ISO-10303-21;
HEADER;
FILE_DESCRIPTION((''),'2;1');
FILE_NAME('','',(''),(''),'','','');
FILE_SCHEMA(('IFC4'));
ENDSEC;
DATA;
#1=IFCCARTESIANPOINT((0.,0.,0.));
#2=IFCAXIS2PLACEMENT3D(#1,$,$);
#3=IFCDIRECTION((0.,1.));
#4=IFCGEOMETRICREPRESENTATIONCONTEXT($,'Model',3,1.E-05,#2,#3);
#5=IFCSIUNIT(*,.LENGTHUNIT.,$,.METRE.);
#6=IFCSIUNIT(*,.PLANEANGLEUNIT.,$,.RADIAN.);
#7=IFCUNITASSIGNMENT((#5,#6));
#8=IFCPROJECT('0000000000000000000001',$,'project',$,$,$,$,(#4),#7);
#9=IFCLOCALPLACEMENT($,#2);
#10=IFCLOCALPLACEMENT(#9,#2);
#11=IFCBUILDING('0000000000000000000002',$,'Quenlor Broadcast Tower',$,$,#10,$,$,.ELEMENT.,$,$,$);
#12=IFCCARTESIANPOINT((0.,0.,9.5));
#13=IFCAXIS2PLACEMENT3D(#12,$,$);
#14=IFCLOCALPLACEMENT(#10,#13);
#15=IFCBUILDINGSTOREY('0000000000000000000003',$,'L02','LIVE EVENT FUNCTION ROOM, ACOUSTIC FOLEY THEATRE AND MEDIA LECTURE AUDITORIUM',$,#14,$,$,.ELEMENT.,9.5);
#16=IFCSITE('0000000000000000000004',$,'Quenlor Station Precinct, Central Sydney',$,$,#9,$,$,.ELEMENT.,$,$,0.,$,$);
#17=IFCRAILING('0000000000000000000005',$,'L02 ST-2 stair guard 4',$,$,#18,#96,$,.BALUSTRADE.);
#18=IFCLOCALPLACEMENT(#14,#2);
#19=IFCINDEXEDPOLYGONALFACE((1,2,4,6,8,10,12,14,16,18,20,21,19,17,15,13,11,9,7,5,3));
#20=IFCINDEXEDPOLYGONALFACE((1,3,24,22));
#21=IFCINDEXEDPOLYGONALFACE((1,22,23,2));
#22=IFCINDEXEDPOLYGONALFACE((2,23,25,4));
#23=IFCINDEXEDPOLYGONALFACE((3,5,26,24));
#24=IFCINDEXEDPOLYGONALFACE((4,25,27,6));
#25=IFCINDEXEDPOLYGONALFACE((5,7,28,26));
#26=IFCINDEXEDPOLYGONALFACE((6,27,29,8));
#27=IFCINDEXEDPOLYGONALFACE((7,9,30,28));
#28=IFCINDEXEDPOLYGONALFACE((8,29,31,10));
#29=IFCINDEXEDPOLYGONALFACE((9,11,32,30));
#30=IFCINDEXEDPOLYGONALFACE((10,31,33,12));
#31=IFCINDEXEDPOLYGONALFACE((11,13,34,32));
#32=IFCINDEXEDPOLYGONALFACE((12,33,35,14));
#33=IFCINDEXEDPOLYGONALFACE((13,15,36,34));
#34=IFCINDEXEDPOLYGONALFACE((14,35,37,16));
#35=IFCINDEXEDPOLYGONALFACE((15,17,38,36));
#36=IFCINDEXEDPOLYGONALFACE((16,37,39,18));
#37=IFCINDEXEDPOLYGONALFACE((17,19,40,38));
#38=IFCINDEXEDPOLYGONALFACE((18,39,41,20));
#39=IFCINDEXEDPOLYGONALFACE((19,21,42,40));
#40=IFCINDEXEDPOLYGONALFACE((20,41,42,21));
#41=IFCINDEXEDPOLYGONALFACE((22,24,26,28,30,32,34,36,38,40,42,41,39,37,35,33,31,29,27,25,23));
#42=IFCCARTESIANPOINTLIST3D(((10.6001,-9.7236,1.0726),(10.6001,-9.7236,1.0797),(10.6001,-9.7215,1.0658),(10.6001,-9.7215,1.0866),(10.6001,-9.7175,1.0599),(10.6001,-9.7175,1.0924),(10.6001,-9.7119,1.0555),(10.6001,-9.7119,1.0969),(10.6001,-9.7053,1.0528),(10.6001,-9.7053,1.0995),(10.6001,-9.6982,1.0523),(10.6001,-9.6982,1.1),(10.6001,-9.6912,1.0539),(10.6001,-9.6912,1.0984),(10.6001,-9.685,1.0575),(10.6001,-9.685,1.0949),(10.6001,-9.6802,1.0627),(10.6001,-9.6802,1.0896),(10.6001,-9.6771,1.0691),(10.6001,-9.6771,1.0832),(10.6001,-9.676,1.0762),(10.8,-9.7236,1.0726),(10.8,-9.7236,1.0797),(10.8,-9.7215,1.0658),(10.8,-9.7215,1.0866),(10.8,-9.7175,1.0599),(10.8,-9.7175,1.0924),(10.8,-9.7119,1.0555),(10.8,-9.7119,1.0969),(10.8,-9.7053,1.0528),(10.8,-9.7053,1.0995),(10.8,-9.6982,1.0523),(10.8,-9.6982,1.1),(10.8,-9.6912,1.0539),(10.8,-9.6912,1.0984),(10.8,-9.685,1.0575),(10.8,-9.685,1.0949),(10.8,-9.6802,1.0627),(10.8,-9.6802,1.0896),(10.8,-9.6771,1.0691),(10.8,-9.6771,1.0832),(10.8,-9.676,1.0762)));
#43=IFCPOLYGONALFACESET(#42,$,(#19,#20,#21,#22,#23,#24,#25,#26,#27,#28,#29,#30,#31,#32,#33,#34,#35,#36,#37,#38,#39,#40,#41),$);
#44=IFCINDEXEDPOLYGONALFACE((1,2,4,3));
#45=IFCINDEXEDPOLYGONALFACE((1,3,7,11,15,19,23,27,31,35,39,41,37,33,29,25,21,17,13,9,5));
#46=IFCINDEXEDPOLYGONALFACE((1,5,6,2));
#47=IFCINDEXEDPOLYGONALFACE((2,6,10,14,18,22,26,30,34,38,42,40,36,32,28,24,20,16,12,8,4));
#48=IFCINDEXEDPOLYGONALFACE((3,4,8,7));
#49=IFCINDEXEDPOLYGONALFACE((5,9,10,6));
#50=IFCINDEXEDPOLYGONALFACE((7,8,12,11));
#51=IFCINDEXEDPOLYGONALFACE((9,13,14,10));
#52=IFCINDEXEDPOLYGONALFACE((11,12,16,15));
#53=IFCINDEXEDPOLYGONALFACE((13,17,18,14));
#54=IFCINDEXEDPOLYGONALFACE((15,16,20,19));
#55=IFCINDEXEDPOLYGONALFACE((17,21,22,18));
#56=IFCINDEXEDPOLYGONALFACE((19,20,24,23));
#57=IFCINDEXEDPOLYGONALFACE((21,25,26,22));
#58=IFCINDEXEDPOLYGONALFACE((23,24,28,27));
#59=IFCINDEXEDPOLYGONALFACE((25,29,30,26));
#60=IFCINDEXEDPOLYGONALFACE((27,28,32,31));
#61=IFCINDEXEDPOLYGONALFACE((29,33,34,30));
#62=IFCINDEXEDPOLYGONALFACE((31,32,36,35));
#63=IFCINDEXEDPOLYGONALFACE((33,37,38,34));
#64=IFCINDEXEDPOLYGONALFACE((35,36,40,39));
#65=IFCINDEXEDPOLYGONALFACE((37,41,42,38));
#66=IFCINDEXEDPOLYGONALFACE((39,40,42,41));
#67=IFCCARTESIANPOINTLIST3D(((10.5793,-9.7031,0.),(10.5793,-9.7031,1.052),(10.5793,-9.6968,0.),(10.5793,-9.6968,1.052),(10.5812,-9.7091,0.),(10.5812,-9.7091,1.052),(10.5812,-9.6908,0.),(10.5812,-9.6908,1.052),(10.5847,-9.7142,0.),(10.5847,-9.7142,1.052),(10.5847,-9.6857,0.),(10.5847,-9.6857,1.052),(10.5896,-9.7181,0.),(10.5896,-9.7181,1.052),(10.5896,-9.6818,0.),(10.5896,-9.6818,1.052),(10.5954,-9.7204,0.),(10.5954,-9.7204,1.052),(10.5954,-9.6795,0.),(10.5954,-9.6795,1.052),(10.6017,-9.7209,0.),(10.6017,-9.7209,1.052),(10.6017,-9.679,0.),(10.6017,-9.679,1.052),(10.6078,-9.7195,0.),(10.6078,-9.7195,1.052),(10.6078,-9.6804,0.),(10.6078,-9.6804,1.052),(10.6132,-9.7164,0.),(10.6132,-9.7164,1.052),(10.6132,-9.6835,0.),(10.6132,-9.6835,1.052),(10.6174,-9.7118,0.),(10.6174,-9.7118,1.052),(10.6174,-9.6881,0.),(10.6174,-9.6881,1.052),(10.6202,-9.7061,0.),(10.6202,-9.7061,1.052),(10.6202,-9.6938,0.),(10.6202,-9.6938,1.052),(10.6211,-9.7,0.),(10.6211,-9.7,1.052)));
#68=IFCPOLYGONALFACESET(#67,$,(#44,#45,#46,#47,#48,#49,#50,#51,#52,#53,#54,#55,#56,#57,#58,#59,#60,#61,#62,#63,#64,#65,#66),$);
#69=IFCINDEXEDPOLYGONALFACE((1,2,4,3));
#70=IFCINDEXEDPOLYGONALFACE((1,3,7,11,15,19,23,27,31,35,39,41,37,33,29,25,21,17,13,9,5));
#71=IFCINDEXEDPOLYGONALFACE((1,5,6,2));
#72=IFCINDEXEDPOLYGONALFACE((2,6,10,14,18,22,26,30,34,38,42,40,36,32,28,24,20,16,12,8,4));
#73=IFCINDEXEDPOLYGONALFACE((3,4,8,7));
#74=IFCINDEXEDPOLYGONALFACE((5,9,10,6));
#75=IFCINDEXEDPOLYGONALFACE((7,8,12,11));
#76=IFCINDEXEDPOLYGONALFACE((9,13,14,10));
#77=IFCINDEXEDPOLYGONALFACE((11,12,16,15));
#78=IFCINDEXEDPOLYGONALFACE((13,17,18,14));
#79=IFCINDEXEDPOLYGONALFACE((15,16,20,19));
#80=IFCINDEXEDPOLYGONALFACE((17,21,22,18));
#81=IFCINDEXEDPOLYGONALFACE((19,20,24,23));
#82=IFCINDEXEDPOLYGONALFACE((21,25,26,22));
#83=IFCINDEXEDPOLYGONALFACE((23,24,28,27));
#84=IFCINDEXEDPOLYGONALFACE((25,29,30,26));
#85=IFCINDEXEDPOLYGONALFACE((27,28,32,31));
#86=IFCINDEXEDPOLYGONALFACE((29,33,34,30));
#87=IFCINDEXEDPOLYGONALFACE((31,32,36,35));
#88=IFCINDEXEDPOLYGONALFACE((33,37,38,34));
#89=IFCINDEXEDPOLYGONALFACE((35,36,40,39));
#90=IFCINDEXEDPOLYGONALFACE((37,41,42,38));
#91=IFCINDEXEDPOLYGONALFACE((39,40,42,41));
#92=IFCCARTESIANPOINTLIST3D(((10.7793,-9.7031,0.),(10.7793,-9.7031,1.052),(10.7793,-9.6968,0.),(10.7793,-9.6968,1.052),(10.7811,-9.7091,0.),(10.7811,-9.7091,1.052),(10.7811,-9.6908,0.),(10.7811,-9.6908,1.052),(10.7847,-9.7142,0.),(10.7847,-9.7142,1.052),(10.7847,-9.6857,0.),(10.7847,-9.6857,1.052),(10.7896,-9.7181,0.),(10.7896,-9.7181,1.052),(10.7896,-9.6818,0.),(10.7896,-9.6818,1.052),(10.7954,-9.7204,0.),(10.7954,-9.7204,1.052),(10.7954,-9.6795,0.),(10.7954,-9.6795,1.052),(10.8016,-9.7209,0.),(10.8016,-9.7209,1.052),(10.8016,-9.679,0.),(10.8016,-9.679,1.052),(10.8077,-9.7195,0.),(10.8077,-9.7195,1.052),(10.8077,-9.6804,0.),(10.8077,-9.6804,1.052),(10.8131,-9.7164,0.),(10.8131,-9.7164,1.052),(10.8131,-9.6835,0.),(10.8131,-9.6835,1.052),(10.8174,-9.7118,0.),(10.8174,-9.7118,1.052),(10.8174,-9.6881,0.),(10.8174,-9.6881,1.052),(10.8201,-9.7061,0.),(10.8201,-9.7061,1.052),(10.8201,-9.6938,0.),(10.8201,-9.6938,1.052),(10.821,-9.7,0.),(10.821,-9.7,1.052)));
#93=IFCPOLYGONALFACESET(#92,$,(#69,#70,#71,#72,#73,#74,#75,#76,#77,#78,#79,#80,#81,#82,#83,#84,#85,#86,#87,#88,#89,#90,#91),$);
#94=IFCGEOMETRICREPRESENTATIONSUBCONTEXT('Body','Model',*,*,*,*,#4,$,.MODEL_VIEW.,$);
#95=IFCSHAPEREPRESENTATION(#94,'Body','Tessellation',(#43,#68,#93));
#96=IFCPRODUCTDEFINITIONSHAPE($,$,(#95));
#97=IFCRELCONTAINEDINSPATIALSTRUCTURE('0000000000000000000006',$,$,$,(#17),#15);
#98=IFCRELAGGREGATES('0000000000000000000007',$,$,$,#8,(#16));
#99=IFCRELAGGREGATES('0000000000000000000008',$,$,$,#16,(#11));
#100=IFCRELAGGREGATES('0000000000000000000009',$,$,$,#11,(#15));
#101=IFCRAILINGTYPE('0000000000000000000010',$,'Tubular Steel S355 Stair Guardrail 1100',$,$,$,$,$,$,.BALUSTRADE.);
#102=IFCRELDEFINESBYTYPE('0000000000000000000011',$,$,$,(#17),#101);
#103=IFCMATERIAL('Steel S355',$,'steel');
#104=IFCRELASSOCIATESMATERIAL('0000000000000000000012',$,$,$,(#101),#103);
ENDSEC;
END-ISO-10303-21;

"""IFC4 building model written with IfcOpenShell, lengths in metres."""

from ifc_helpers import new_model, si_unit, direction, frame, origin, origin_2d, place, context, subcontext, project, spatial, circle, extrude, material, type_object, element, save


model = new_model("IFC4")

# Units and contexts
model_context = context("Model", 3, precision=1e-05, world=origin(), true_north=direction((0.0, 1.0)))
body_context = subcontext(model_context, "Body", "Model", "MODEL_VIEW")
ifc_project = project(units=[si_unit("LENGTHUNIT", "METRE"), si_unit("PLANEANGLEUNIT", "RADIAN")], contexts=[model_context])

# Site, building, storey
site_placement = place(None, origin())
site = spatial("IfcSite", under=ifc_project, at=site_placement, Name="Quenlor Station Precinct, Central Sydney", CompositionType="ELEMENT", RefElevation=0.0)
building_placement = place(site_placement, origin())
building = spatial("IfcBuilding", under=site, at=building_placement, Name="Quenlor Broadcast Tower", CompositionType="ELEMENT")
storey_placement = place(building_placement, frame((0.0, 0.0, 9.5)))
storey = spatial("IfcBuildingStorey", under=building, at=storey_placement, Name="L02", Description="LIVE EVENT FUNCTION ROOM, ACOUSTIC FOLEY THEATRE AND MEDIA LECTURE AUDITORIUM", CompositionType="ELEMENT", Elevation=9.5)

# Railing
ifc_material_1 = material(Name="Steel S355", Category="steel")
railing_type_1 = type_object("IfcRailingType", Name="Tubular Steel S355 Stair Guardrail 1100", PredefinedType="BALUSTRADE", material=ifc_material_1)
railing_1_placement = place(storey_placement, frame((10.6001, -9.7, 0.0)))
element("IfcRailing", 1, at=railing_1_placement, inside=storey, type_object=railing_type_1, Name="L02 ST-2 stair guard 4", PredefinedType="BALUSTRADE", context=body_context, shape_type="SweptSolid", body=[
    extrude(circle(Radius=0.0239, at=origin_2d()), frame((0.0, 0.0, 1.0762), z_axis=(1.0, 0.0, 0.0), x_axis=(0.0, 1.0, 0.0)), (0.0, 0.0, 1.0), 0.2),
    extrude(circle(Radius=0.021, at=origin_2d()), origin(), (0.0, 0.0, 1.0), 1.052),
    extrude(circle(Radius=0.021, at=origin_2d()), frame((0.2, 0.0, 0.0)), (0.0, 0.0, 1.0), 1.052),
])

save(model, "model.ifc")
